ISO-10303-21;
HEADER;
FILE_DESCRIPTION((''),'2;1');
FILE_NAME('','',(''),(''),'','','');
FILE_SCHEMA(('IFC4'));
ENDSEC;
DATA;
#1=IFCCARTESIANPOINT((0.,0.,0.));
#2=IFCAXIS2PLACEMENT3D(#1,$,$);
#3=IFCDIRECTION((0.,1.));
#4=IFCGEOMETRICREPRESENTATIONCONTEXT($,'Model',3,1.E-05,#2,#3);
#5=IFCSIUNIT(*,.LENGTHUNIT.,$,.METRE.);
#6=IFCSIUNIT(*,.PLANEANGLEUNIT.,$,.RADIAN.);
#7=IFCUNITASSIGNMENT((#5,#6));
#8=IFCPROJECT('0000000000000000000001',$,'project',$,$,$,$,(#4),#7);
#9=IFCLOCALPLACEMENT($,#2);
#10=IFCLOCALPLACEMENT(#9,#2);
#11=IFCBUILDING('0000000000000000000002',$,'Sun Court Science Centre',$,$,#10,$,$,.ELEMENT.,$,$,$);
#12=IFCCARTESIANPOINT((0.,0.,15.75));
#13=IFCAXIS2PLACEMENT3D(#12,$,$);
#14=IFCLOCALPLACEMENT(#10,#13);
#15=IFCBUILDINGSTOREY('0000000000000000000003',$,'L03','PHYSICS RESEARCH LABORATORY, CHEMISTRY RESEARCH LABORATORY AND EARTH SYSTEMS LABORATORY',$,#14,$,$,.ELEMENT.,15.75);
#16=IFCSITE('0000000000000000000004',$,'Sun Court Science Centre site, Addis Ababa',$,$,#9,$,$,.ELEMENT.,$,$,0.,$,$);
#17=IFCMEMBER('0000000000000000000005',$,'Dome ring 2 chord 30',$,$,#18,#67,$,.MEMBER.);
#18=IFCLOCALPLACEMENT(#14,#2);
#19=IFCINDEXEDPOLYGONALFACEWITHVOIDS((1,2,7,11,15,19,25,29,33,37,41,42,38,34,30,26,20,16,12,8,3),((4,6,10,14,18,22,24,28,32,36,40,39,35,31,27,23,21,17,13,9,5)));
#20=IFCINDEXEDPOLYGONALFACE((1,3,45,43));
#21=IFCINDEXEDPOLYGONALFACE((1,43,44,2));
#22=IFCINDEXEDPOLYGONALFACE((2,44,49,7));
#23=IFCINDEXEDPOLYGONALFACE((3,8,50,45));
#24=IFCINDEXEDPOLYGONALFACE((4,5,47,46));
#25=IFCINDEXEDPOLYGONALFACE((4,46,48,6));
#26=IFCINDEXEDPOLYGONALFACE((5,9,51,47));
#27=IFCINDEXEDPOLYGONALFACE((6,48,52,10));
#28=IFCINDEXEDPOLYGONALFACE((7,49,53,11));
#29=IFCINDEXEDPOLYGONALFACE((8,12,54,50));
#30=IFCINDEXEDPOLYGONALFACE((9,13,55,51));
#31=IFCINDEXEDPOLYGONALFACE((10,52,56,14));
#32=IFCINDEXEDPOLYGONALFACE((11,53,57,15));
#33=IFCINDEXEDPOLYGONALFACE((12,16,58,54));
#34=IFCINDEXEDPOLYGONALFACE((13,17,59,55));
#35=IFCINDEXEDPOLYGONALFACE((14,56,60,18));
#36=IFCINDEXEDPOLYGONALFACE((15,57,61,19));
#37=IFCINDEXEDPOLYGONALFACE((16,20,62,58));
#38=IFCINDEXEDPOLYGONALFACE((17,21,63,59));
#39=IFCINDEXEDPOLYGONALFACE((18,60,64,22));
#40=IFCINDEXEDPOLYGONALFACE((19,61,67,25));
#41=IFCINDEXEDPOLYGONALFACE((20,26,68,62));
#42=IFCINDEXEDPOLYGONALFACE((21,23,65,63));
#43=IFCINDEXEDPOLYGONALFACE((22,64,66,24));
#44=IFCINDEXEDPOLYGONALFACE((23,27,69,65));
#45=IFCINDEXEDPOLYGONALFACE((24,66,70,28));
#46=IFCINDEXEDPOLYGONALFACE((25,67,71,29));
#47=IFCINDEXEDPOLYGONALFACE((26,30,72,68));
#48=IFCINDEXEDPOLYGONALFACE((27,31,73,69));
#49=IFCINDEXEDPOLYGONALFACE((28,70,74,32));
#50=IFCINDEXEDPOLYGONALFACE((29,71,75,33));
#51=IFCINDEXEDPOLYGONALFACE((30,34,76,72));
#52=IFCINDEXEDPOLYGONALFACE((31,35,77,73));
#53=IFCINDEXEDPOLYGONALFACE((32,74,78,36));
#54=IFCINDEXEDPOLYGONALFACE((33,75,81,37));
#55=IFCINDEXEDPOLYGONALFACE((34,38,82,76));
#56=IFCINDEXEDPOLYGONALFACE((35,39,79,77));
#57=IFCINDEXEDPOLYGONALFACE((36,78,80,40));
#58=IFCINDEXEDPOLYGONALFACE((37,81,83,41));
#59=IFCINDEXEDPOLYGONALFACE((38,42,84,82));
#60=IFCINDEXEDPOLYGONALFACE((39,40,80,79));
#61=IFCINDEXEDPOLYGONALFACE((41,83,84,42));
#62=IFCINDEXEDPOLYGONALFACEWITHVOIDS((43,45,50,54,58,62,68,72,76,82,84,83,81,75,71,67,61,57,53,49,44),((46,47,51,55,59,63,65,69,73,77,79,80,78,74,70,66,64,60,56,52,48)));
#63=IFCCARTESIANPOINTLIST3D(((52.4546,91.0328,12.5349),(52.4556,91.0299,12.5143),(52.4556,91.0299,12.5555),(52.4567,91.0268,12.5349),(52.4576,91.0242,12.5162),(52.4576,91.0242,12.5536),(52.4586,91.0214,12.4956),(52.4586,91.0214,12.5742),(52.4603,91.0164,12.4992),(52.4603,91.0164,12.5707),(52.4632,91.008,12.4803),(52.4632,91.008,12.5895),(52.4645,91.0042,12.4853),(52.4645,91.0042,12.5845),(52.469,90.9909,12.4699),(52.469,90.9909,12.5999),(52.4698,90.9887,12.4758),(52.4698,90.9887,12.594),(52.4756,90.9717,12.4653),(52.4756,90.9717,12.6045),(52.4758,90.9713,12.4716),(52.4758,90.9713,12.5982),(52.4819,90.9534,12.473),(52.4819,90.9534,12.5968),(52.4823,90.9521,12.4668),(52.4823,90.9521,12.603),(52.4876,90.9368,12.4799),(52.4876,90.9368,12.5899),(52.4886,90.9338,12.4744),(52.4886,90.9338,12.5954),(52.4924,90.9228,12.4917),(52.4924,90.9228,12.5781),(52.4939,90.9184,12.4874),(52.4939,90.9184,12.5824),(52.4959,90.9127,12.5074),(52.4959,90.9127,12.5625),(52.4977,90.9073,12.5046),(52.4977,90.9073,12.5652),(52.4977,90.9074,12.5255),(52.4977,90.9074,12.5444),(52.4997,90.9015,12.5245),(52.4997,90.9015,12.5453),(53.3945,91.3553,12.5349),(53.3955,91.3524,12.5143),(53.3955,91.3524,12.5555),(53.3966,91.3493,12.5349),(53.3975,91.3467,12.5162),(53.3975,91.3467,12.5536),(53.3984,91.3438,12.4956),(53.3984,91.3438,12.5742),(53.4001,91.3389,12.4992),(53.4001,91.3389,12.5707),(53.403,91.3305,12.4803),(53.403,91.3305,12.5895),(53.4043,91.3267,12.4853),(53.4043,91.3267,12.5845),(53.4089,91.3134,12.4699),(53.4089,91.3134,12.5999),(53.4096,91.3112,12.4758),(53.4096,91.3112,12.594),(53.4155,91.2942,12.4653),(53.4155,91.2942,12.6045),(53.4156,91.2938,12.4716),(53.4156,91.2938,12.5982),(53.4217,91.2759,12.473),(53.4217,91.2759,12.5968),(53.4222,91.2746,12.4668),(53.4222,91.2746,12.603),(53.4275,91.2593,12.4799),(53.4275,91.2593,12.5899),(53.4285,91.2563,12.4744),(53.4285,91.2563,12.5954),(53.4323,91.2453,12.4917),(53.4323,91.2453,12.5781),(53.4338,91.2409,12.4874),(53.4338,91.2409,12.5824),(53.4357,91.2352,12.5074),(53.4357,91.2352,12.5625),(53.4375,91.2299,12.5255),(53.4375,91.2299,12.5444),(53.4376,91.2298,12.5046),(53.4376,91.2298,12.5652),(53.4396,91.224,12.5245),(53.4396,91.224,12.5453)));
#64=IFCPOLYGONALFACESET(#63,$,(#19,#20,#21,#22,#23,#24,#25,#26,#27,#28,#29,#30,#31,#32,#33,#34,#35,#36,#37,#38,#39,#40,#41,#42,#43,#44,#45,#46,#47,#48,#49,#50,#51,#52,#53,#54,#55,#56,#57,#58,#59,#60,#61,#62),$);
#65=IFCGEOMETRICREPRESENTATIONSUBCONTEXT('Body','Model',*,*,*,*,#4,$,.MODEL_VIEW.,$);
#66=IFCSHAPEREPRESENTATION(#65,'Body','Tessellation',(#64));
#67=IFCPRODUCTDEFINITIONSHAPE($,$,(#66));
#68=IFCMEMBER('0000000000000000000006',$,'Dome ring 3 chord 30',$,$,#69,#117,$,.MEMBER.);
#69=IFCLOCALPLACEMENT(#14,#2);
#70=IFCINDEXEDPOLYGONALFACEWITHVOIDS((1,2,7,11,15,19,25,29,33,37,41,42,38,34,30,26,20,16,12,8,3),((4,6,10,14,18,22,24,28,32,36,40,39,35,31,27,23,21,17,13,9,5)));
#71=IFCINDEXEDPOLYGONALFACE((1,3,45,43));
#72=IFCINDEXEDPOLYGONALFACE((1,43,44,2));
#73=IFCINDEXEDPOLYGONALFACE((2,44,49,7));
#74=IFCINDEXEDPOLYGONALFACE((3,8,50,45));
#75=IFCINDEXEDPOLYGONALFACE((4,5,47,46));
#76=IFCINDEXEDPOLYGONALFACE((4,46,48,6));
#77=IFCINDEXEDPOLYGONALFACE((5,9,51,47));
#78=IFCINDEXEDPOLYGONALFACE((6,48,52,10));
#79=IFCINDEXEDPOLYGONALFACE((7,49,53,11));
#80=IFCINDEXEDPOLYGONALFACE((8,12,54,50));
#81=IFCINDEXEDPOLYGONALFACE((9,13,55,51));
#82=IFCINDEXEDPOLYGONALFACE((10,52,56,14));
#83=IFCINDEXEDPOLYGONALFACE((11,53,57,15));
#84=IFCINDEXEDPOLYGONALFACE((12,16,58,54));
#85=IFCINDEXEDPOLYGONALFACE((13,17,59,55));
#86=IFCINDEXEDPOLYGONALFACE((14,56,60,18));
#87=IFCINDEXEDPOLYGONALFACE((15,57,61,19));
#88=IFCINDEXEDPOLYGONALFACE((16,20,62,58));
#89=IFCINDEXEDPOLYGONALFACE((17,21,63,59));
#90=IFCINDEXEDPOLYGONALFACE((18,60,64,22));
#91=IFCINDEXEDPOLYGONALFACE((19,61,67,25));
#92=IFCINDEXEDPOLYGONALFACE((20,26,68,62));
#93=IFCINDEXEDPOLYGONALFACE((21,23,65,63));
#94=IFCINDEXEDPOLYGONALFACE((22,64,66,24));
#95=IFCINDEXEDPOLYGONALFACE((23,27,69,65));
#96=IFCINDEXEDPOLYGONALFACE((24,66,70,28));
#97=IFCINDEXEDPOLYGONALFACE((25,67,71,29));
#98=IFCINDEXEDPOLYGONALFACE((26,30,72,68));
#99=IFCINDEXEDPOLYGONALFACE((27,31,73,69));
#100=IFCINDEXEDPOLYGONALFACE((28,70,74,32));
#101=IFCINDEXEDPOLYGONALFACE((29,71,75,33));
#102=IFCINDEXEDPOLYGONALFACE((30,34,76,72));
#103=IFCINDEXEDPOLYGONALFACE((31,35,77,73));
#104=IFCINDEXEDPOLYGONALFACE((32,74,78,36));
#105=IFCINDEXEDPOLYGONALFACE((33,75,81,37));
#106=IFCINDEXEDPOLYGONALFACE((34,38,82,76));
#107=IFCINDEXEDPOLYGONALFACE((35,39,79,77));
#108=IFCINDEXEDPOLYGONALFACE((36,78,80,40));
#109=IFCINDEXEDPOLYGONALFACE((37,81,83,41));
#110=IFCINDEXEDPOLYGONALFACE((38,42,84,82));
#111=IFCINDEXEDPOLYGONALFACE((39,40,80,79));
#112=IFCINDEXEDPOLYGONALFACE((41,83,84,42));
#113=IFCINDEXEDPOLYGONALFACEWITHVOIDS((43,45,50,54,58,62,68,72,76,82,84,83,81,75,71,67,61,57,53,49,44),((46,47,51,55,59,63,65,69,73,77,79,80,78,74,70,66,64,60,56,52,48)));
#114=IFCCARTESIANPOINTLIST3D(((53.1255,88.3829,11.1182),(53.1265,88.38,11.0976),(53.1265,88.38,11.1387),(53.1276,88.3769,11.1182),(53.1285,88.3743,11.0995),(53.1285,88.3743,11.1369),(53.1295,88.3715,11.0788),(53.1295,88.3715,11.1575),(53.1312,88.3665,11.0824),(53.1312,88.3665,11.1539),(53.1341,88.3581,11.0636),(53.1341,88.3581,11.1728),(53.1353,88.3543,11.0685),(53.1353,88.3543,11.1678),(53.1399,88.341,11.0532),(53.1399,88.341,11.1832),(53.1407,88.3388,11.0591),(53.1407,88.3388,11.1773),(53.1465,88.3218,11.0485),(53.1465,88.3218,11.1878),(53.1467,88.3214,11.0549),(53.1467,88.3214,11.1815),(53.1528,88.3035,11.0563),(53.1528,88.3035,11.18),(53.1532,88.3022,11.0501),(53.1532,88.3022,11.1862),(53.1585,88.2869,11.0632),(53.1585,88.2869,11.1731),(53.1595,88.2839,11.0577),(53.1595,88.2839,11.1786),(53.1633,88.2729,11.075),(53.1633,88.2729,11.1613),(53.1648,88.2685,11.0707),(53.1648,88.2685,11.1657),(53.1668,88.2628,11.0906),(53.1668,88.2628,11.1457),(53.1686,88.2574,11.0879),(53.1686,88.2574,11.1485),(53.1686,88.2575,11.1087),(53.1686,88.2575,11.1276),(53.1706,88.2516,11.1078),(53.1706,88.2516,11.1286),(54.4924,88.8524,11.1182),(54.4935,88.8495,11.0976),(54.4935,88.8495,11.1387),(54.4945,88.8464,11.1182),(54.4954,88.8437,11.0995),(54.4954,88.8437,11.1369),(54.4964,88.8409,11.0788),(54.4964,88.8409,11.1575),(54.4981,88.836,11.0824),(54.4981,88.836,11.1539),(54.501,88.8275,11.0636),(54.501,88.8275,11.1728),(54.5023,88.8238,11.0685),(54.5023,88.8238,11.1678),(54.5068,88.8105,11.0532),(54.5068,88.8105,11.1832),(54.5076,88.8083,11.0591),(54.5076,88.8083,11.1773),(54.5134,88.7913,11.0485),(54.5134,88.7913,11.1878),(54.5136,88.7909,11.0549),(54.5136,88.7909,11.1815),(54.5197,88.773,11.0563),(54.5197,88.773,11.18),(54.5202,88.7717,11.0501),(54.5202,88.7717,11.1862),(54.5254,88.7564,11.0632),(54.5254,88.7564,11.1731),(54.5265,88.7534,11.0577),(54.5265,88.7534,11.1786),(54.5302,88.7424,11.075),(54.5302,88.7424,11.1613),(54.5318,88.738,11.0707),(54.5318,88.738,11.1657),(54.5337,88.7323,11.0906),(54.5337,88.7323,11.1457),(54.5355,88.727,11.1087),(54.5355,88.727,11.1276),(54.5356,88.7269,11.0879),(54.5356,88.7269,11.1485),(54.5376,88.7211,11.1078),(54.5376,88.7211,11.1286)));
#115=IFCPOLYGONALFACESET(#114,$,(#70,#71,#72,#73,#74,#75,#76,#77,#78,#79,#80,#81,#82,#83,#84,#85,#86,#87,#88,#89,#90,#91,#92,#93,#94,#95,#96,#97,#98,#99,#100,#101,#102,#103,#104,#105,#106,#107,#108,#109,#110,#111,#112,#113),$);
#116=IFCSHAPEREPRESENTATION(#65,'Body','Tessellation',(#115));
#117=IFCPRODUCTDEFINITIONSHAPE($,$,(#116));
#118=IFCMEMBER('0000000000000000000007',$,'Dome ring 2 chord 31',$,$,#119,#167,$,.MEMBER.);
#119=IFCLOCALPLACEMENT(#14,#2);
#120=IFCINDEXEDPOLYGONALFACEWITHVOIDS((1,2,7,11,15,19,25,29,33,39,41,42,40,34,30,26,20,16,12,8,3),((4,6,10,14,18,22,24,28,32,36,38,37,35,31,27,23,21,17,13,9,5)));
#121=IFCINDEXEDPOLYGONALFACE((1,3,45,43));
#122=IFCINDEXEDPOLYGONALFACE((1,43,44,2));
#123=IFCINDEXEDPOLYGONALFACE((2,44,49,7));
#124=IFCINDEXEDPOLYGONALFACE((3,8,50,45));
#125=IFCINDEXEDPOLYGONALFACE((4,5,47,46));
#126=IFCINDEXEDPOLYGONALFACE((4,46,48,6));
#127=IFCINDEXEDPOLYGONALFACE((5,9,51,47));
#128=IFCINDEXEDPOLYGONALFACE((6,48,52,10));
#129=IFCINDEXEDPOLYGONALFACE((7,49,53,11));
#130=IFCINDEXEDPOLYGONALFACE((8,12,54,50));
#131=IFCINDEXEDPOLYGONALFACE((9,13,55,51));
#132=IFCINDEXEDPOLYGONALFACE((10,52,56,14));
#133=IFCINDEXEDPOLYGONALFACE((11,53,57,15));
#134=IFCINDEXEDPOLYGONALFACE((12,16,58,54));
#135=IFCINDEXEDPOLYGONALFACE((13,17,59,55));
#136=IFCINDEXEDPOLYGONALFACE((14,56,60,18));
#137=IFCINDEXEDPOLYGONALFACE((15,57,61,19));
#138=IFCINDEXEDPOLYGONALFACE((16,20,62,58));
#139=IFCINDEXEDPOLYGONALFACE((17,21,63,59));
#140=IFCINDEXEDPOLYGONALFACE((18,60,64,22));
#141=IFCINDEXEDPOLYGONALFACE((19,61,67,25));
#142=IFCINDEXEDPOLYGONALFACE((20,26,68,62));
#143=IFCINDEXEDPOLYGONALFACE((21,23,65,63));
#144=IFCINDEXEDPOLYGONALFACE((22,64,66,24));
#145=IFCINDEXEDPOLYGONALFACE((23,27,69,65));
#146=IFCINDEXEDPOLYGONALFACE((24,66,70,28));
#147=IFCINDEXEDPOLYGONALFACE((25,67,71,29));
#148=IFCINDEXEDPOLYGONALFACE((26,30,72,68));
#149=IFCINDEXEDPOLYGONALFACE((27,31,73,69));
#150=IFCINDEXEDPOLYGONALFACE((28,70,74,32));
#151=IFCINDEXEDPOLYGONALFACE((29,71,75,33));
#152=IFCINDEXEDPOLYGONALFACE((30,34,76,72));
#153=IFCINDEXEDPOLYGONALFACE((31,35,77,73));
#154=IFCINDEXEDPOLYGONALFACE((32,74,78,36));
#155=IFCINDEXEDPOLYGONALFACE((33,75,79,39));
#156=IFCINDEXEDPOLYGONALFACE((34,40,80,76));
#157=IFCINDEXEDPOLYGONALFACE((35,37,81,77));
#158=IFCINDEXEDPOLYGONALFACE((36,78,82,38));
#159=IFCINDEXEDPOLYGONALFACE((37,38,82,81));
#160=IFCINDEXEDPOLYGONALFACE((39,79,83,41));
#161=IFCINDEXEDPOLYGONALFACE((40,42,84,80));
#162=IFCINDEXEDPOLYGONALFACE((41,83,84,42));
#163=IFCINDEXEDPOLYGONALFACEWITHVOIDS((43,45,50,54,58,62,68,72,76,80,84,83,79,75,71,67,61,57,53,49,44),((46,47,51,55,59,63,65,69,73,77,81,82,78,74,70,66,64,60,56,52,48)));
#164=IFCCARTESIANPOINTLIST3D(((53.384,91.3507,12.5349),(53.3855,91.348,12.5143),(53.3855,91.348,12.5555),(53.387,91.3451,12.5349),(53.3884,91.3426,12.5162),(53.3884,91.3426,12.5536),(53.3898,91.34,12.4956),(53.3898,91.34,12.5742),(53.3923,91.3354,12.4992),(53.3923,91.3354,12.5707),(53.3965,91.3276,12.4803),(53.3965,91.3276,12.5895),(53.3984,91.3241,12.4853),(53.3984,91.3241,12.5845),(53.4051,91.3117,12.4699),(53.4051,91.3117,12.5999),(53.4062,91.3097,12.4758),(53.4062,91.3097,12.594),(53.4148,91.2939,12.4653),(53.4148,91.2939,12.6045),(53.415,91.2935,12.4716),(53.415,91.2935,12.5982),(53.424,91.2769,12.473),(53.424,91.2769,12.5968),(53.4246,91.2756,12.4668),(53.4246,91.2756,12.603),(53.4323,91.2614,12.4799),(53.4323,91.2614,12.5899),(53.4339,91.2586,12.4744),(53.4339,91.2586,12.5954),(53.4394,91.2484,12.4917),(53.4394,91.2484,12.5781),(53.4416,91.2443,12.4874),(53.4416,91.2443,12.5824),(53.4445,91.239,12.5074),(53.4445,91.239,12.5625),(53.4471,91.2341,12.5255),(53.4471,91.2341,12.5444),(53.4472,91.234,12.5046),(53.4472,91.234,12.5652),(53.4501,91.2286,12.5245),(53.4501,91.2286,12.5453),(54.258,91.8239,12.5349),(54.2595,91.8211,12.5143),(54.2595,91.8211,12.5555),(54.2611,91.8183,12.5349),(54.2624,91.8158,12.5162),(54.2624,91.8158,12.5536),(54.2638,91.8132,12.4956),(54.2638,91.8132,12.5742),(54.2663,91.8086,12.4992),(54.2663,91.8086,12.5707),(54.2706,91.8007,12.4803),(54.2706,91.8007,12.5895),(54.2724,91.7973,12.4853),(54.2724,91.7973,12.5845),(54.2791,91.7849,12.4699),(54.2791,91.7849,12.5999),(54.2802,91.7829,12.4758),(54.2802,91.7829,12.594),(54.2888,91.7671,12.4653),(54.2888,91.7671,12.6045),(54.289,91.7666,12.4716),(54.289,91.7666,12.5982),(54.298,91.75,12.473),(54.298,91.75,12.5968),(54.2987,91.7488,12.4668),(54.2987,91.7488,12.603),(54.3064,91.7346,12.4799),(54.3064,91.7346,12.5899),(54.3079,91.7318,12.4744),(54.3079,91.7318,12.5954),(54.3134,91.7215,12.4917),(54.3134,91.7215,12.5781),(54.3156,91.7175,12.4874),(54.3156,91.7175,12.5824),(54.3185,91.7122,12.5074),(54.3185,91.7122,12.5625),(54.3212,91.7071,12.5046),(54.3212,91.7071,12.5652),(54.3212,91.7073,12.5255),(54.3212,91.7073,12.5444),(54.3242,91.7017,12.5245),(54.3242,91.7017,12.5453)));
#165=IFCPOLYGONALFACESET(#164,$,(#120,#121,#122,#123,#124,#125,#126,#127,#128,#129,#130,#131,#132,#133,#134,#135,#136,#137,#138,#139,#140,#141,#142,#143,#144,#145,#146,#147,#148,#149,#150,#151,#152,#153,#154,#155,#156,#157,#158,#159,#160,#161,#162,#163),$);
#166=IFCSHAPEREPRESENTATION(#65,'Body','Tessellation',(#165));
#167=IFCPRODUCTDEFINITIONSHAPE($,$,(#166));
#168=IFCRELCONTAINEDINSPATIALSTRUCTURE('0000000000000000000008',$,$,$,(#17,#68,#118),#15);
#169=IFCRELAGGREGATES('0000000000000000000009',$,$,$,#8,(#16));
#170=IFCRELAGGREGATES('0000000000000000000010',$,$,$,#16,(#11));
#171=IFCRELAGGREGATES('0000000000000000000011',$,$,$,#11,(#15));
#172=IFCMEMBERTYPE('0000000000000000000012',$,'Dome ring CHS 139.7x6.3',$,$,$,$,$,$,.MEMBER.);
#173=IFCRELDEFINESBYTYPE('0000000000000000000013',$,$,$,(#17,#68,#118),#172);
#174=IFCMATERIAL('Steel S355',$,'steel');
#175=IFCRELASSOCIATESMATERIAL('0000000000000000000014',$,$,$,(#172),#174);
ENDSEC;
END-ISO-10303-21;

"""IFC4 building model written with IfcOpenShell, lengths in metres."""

from ifc_helpers import new_model, si_unit, direction, frame, origin, origin_2d, place, context, subcontext, project, spatial, hollow_circle, extrude, material, material_profile, profile_set, type_object, element, save


model = new_model("IFC4")

# Units and contexts
model_context = context("Model", 3, precision=1e-05, world=origin(), true_north=direction((0.0, 1.0)))
body_context = subcontext(model_context, "Body", "Model", "MODEL_VIEW")
ifc_project = project(units=[si_unit("LENGTHUNIT", "METRE"), si_unit("PLANEANGLEUNIT", "RADIAN")], contexts=[model_context])

# Site, building, storey
site_placement = place(None, origin())
site = spatial("IfcSite", under=ifc_project, at=site_placement, Name="Sun Court Science Centre site, Addis Ababa", CompositionType="ELEMENT", RefElevation=0.0)
building_placement = place(site_placement, origin())
building = spatial("IfcBuilding", under=site, at=building_placement, Name="Sun Court Science Centre", CompositionType="ELEMENT")
storey_placement = place(building_placement, frame((0.0, 0.0, 15.75)))
storey = spatial("IfcBuildingStorey", under=building, at=storey_placement, Name="L03", Description="PHYSICS RESEARCH LABORATORY, CHEMISTRY RESEARCH LABORATORY AND EARTH SYSTEMS LABORATORY", CompositionType="ELEMENT", Elevation=15.75)

# Members
ifc_material_1 = material(Name="Steel S355", Category="steel")
ifc_material_profile_1 = material_profile(ifc_material_1, hollow_circle(Radius=0.0698, WallThickness=0.0063, at=origin_2d()), Name="CHS 139.7x6.3")
ifc_profile_set_1 = profile_set([ifc_material_profile_1], Name="Steel S355")
member_type_1 = type_object("IfcMemberType", Name="Dome ring CHS 139.7x6.3", PredefinedType="MEMBER", material=ifc_profile_set_1)
member_1_placement = place(storey_placement, frame((52.4773, 90.9668, 12.5349), z_axis=(0.945871, 0.324544, 0.0), x_axis=(-0.324544, 0.945871, 0.0)))
element("IfcMember", 1, at=member_1_placement, inside=storey, type_object=member_type_1, Name="Dome ring 2 chord 30", PredefinedType="MEMBER", context=body_context, shape_type="SweptSolid", body=[
    extrude(hollow_circle(Radius=0.0698, WallThickness=0.0063, at=origin_2d()), origin(), (0.0, 0.0, 1.0), 0.9937),
])
member_2_placement = place(storey_placement, frame((53.1482, 88.3169, 11.1182), z_axis=(0.945773, 0.32483, 0.0), x_axis=(-0.32483, 0.945773, 0.0)))
element("IfcMember", 2, at=member_2_placement, inside=storey, type_object=member_type_1, Name="Dome ring 3 chord 30", PredefinedType="MEMBER", context=body_context, shape_type="SweptSolid", body=[
    extrude(hollow_circle(Radius=0.0698, WallThickness=0.0063, at=origin_2d()), origin(), (0.0, 0.0, 1.0), 1.4453),
])
member_3_placement = place(storey_placement, frame((53.4172, 91.2893, 12.5349), z_axis=(0.879412, 0.476062, 0.0), x_axis=(-0.476062, 0.879412, 0.0)))
element("IfcMember", 3, at=member_3_placement, inside=storey, type_object=member_type_1, Name="Dome ring 2 chord 31", PredefinedType="MEMBER", context=body_context, shape_type="SweptSolid", body=[
    extrude(hollow_circle(Radius=0.0698, WallThickness=0.0063, at=origin_2d()), origin(), (0.0, 0.0, 1.0), 0.9939),
])

save(model, "model.ifc")
